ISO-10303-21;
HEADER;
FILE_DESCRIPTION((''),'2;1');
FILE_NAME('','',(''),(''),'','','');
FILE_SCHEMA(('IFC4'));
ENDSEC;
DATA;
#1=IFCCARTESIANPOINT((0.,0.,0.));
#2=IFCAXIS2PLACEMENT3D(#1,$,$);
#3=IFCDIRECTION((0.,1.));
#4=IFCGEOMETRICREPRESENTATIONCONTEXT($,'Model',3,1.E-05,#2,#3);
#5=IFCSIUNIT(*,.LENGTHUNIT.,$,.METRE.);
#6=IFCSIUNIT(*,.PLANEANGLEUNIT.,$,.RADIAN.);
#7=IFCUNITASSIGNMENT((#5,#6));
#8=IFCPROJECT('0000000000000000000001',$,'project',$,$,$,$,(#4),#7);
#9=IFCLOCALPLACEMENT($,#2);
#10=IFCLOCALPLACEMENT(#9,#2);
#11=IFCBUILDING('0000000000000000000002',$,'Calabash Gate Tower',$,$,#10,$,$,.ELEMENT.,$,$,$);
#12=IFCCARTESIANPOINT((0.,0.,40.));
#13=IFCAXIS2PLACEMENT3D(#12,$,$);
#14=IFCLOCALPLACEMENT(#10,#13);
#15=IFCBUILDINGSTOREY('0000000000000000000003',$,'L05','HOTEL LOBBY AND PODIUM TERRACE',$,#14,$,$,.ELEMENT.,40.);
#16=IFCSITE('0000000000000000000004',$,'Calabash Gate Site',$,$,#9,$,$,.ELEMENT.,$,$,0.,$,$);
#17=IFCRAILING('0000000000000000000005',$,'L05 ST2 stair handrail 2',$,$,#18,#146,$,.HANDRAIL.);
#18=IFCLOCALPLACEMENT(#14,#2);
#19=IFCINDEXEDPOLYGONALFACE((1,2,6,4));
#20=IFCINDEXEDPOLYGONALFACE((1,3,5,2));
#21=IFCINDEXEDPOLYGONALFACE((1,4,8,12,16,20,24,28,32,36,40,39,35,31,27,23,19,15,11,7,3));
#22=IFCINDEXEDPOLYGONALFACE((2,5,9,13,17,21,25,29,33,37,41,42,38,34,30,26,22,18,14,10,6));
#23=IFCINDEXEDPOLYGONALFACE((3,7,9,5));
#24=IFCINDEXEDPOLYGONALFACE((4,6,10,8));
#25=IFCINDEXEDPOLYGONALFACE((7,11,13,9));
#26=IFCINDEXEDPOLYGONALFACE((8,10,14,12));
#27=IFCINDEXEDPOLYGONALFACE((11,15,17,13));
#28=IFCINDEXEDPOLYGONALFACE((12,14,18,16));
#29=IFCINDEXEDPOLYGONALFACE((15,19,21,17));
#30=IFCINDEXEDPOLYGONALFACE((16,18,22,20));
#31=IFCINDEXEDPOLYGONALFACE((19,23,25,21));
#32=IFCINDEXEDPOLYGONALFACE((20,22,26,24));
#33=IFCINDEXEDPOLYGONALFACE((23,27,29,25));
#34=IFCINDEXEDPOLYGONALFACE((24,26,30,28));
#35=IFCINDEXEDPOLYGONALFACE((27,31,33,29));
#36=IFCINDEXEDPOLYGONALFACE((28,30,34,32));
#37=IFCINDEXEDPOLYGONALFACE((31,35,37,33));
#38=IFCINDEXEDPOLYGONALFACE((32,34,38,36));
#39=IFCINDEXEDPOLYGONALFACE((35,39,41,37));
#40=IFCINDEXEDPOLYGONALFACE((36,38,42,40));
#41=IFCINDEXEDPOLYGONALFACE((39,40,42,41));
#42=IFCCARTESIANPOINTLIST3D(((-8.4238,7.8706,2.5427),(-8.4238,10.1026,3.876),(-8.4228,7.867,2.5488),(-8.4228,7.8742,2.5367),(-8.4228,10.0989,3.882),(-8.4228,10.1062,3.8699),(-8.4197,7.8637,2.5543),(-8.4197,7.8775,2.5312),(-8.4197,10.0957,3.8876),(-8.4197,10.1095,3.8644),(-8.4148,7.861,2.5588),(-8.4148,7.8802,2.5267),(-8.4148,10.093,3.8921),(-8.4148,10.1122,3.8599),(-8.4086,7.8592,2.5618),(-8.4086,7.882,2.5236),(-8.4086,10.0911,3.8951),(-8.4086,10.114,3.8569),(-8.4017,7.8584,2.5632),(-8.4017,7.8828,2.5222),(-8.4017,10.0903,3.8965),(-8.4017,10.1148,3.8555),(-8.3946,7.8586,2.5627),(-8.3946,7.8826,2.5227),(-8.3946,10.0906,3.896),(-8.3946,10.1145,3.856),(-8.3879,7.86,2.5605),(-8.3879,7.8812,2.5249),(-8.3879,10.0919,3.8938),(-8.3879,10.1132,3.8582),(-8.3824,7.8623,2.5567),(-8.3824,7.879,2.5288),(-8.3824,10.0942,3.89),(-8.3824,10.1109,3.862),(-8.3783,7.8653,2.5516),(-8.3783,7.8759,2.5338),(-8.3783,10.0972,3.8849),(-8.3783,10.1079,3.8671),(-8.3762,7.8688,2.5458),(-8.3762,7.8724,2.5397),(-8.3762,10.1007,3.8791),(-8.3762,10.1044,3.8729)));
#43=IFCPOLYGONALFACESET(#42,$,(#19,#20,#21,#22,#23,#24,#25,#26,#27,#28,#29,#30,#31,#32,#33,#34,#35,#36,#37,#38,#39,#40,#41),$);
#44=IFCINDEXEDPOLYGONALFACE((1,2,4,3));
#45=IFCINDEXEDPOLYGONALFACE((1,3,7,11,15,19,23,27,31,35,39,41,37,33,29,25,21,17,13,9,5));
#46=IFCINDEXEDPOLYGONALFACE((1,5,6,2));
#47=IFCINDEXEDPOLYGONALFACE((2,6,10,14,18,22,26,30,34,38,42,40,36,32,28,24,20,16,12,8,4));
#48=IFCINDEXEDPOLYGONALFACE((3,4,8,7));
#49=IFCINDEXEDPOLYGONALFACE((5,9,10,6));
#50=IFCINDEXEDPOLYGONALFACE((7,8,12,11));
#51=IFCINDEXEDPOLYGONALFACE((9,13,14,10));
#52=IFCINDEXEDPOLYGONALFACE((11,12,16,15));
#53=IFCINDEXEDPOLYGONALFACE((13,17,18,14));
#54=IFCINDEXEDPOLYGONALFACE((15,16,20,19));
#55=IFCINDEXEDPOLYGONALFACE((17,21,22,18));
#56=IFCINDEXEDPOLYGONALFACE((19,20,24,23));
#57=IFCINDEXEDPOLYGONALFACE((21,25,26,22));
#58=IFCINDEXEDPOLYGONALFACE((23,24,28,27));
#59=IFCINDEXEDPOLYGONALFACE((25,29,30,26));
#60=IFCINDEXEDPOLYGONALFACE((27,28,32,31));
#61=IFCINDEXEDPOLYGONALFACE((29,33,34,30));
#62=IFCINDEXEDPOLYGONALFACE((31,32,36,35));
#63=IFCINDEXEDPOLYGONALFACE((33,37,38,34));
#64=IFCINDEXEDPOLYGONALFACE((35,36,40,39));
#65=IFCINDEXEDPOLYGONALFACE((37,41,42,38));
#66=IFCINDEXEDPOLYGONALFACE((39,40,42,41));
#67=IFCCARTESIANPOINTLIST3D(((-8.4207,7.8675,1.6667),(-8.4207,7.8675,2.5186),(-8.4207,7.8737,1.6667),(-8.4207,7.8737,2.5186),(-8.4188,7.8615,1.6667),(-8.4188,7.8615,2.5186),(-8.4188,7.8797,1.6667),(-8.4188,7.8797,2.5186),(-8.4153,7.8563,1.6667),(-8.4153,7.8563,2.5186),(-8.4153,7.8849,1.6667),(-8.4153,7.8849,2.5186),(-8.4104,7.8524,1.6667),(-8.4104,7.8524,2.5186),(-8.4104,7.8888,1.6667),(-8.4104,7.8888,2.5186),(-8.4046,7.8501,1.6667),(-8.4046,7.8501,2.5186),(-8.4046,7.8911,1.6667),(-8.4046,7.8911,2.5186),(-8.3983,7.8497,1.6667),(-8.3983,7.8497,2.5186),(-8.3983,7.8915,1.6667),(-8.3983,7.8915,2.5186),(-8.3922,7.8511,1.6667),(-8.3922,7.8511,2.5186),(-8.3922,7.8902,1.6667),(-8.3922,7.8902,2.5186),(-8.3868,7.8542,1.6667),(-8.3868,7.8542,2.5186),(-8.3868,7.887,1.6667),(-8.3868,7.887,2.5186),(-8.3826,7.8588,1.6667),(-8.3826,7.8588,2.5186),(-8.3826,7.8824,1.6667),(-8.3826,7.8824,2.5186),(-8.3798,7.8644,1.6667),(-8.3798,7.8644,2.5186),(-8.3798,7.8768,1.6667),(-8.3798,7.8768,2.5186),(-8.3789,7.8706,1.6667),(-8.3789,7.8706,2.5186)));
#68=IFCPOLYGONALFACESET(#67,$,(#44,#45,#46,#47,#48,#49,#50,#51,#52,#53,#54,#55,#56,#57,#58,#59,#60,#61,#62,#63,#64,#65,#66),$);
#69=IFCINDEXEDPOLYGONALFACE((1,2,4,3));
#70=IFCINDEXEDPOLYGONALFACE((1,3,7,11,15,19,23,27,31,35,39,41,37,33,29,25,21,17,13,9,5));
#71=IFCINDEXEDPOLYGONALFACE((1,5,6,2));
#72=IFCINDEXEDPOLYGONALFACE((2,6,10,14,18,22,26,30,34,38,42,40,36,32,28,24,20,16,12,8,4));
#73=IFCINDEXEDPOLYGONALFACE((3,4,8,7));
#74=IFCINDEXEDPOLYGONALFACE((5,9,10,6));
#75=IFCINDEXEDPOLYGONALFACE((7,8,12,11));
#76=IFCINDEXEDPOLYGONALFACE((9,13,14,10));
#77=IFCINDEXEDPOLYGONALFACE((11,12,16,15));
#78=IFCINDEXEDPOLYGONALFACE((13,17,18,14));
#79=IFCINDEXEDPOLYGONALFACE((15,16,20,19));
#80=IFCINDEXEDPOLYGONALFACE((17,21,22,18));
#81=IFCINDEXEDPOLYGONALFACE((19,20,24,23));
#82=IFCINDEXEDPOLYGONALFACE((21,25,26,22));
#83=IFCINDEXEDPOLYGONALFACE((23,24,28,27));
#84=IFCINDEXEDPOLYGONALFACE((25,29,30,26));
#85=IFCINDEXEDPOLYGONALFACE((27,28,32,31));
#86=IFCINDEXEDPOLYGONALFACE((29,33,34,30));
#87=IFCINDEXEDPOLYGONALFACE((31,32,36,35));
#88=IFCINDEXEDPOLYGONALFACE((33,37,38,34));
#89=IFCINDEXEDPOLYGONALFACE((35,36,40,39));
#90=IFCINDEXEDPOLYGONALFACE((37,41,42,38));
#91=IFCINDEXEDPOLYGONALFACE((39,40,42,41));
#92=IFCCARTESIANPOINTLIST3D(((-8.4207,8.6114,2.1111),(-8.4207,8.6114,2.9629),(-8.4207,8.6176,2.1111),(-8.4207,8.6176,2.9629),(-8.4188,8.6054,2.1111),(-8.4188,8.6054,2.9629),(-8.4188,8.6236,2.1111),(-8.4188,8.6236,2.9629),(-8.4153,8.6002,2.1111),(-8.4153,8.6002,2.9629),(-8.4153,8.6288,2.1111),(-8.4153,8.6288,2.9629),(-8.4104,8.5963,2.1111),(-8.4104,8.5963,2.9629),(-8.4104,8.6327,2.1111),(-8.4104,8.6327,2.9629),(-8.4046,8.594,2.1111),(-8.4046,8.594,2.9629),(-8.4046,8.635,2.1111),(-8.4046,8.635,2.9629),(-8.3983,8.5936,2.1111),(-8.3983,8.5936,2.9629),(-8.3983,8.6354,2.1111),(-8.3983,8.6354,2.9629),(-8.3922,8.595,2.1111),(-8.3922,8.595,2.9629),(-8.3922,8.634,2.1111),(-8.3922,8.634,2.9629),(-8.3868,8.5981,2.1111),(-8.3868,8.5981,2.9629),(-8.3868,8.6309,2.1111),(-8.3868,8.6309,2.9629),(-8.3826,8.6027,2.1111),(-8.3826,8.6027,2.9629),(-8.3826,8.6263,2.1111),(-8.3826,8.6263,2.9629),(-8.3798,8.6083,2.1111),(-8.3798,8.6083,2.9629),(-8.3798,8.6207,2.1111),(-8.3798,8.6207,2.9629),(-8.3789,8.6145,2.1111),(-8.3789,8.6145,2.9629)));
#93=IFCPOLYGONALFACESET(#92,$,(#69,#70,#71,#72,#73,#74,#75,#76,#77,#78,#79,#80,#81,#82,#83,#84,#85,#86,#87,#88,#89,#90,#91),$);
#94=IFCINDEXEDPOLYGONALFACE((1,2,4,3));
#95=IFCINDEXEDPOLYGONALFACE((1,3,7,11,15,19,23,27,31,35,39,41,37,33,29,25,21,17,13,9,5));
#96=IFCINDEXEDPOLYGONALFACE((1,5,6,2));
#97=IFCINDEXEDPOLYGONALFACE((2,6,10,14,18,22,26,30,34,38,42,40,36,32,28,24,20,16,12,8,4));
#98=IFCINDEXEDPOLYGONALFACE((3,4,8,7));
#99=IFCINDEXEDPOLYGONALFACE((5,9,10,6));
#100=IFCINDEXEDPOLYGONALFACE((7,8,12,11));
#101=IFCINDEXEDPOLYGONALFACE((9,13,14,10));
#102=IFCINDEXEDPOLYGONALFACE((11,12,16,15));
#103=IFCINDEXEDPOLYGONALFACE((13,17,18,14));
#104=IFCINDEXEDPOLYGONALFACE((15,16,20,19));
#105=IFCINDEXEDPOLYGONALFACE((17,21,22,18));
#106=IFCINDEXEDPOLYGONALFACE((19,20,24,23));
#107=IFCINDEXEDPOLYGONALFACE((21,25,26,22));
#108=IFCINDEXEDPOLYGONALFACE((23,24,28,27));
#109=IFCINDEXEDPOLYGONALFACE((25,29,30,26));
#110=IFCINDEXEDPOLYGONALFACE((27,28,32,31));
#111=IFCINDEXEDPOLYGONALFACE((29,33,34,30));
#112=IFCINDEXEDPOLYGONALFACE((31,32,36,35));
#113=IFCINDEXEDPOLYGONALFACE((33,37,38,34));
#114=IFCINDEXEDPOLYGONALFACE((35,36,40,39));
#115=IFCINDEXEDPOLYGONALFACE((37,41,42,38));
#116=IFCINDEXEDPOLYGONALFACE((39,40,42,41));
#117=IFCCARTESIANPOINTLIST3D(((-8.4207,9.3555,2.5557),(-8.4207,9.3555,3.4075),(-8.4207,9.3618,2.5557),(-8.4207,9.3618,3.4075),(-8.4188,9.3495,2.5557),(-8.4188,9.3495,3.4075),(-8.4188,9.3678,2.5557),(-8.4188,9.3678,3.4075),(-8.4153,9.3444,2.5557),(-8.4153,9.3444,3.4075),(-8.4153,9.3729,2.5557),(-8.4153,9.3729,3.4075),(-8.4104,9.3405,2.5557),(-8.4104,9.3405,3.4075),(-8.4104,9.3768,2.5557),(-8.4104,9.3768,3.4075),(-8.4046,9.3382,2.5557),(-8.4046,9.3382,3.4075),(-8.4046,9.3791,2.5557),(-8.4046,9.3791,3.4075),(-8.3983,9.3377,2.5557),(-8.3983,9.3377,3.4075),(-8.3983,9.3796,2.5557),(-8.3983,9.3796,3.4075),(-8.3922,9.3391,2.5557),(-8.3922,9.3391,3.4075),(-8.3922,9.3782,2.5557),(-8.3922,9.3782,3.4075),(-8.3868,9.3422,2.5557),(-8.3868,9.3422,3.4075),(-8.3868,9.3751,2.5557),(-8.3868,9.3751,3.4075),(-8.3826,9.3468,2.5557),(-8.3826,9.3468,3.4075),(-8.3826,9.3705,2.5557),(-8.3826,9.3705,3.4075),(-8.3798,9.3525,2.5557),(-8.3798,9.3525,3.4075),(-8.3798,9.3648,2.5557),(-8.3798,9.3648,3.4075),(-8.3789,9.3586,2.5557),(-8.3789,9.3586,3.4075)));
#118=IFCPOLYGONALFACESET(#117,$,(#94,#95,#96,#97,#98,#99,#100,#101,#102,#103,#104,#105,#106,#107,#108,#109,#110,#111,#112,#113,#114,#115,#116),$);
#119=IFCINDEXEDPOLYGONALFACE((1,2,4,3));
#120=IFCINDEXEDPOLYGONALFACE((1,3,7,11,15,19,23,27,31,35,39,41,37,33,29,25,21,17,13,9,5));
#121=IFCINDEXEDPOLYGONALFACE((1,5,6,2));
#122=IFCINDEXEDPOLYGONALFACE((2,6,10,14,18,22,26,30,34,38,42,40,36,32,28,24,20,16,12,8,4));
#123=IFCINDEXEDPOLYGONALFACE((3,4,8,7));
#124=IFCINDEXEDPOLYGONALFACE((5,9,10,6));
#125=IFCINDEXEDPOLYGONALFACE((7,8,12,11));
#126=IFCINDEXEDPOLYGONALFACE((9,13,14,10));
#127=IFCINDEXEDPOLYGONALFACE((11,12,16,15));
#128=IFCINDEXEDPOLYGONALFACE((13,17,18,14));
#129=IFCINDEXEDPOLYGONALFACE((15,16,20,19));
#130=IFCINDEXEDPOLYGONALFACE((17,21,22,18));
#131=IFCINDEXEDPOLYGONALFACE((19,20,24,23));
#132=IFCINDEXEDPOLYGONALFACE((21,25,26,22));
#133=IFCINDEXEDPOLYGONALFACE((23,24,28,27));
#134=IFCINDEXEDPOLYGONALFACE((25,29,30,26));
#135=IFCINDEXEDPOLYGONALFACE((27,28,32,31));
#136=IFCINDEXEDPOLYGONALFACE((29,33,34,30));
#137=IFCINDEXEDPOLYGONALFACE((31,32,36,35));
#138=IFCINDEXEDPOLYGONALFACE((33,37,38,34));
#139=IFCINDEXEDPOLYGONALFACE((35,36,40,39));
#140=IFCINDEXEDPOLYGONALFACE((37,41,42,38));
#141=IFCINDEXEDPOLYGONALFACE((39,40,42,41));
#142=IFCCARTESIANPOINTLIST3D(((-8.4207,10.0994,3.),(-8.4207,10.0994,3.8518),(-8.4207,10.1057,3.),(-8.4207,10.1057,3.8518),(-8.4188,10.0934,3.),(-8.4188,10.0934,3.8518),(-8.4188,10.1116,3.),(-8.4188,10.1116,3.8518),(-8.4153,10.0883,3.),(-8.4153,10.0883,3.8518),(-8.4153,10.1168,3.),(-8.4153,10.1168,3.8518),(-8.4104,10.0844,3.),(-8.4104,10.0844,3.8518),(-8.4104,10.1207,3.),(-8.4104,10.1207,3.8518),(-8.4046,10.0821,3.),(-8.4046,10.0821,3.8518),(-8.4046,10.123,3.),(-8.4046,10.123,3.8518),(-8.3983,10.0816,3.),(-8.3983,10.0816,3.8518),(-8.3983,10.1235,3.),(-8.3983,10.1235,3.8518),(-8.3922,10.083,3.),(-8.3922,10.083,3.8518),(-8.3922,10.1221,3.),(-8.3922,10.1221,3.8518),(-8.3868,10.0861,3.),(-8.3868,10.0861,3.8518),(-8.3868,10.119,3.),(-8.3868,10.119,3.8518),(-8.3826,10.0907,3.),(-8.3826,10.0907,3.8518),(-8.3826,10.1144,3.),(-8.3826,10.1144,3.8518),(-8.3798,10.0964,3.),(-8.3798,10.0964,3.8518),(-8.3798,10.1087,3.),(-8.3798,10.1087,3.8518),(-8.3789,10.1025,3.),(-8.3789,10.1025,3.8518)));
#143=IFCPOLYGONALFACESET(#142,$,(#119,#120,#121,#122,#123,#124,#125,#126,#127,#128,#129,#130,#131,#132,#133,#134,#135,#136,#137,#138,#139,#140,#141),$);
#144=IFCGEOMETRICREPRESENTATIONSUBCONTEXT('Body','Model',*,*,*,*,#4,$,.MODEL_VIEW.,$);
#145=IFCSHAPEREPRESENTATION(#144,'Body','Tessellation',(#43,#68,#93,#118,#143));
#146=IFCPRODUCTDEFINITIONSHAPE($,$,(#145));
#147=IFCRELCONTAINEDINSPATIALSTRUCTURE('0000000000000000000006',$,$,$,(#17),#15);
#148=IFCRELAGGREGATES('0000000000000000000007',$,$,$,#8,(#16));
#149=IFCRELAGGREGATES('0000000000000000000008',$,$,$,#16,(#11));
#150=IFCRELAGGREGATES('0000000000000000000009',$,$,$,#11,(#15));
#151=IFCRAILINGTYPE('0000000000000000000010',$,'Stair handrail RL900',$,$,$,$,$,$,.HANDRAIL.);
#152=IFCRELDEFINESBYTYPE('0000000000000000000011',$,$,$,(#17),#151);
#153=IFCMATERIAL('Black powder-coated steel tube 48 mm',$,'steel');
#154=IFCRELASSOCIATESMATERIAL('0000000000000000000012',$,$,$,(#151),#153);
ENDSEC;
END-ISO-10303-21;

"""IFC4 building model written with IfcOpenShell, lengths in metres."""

from ifc_helpers import new_model, si_unit, direction, frame, origin, origin_2d, place, context, subcontext, project, spatial, circle, extrude, material, type_object, element, save


model = new_model("IFC4")

# Units and contexts
model_context = context("Model", 3, precision=1e-05, world=origin(), true_north=direction((0.0, 1.0)))
body_context = subcontext(model_context, "Body", "Model", "MODEL_VIEW")
ifc_project = project(units=[si_unit("LENGTHUNIT", "METRE"), si_unit("PLANEANGLEUNIT", "RADIAN")], contexts=[model_context])

# Site, building, storey
site_placement = place(None, origin())
site = spatial("IfcSite", under=ifc_project, at=site_placement, Name="Calabash Gate Site", CompositionType="ELEMENT", RefElevation=0.0)
building_placement = place(site_placement, origin())
building = spatial("IfcBuilding", under=site, at=building_placement, Name="Calabash Gate Tower", CompositionType="ELEMENT")
storey_placement = place(building_placement, frame((0.0, 0.0, 40.0)))
storey = spatial("IfcBuildingStorey", under=building, at=storey_placement, Name="L05", Description="HOTEL LOBBY AND PODIUM TERRACE", CompositionType="ELEMENT", Elevation=40.0)

# Railing
ifc_material_1 = material(Name="Black powder-coated steel tube 48 mm", Category="steel")
railing_type = type_object("IfcRailingType", Name="Stair handrail RL900", PredefinedType="HANDRAIL", material=ifc_material_1)
for number, where, name in (
    (1, (-8.3999, 7.8706, 1.6667), "L05 ST2 stair handrail 2"),
):
    element("IfcRailing", number, at=place(storey_placement, frame(where)), inside=storey, type_object=railing_type, Name=name, PredefinedType="HANDRAIL", context=body_context, shape_type="SweptSolid", body=[
        extrude(circle(Radius=0.0239, at=origin_2d()), frame((0.0, 0.0, 0.876), z_axis=(0.0, 0.858494, 0.512824), x_axis=(-1.0, 0.0, 0.0)), (0.0, 0.0, 1.0), 2.5999),
        extrude(circle(Radius=0.021, at=origin_2d()), origin(), (0.0, 0.0, 1.0), 0.8518),
        extrude(circle(Radius=0.021, at=origin_2d()), frame((0.0, 0.7439, 0.4443)), (0.0, 0.0, 1.0), 0.8518),
        extrude(circle(Radius=0.021, at=origin_2d()), frame((0.0, 1.488, 0.8889)), (0.0, 0.0, 1.0), 0.8518),
        extrude(circle(Radius=0.021, at=origin_2d()), frame((0.0, 2.2319, 1.3333)), (0.0, 0.0, 1.0), 0.8518),
    ])

save(model, "model.ifc")
